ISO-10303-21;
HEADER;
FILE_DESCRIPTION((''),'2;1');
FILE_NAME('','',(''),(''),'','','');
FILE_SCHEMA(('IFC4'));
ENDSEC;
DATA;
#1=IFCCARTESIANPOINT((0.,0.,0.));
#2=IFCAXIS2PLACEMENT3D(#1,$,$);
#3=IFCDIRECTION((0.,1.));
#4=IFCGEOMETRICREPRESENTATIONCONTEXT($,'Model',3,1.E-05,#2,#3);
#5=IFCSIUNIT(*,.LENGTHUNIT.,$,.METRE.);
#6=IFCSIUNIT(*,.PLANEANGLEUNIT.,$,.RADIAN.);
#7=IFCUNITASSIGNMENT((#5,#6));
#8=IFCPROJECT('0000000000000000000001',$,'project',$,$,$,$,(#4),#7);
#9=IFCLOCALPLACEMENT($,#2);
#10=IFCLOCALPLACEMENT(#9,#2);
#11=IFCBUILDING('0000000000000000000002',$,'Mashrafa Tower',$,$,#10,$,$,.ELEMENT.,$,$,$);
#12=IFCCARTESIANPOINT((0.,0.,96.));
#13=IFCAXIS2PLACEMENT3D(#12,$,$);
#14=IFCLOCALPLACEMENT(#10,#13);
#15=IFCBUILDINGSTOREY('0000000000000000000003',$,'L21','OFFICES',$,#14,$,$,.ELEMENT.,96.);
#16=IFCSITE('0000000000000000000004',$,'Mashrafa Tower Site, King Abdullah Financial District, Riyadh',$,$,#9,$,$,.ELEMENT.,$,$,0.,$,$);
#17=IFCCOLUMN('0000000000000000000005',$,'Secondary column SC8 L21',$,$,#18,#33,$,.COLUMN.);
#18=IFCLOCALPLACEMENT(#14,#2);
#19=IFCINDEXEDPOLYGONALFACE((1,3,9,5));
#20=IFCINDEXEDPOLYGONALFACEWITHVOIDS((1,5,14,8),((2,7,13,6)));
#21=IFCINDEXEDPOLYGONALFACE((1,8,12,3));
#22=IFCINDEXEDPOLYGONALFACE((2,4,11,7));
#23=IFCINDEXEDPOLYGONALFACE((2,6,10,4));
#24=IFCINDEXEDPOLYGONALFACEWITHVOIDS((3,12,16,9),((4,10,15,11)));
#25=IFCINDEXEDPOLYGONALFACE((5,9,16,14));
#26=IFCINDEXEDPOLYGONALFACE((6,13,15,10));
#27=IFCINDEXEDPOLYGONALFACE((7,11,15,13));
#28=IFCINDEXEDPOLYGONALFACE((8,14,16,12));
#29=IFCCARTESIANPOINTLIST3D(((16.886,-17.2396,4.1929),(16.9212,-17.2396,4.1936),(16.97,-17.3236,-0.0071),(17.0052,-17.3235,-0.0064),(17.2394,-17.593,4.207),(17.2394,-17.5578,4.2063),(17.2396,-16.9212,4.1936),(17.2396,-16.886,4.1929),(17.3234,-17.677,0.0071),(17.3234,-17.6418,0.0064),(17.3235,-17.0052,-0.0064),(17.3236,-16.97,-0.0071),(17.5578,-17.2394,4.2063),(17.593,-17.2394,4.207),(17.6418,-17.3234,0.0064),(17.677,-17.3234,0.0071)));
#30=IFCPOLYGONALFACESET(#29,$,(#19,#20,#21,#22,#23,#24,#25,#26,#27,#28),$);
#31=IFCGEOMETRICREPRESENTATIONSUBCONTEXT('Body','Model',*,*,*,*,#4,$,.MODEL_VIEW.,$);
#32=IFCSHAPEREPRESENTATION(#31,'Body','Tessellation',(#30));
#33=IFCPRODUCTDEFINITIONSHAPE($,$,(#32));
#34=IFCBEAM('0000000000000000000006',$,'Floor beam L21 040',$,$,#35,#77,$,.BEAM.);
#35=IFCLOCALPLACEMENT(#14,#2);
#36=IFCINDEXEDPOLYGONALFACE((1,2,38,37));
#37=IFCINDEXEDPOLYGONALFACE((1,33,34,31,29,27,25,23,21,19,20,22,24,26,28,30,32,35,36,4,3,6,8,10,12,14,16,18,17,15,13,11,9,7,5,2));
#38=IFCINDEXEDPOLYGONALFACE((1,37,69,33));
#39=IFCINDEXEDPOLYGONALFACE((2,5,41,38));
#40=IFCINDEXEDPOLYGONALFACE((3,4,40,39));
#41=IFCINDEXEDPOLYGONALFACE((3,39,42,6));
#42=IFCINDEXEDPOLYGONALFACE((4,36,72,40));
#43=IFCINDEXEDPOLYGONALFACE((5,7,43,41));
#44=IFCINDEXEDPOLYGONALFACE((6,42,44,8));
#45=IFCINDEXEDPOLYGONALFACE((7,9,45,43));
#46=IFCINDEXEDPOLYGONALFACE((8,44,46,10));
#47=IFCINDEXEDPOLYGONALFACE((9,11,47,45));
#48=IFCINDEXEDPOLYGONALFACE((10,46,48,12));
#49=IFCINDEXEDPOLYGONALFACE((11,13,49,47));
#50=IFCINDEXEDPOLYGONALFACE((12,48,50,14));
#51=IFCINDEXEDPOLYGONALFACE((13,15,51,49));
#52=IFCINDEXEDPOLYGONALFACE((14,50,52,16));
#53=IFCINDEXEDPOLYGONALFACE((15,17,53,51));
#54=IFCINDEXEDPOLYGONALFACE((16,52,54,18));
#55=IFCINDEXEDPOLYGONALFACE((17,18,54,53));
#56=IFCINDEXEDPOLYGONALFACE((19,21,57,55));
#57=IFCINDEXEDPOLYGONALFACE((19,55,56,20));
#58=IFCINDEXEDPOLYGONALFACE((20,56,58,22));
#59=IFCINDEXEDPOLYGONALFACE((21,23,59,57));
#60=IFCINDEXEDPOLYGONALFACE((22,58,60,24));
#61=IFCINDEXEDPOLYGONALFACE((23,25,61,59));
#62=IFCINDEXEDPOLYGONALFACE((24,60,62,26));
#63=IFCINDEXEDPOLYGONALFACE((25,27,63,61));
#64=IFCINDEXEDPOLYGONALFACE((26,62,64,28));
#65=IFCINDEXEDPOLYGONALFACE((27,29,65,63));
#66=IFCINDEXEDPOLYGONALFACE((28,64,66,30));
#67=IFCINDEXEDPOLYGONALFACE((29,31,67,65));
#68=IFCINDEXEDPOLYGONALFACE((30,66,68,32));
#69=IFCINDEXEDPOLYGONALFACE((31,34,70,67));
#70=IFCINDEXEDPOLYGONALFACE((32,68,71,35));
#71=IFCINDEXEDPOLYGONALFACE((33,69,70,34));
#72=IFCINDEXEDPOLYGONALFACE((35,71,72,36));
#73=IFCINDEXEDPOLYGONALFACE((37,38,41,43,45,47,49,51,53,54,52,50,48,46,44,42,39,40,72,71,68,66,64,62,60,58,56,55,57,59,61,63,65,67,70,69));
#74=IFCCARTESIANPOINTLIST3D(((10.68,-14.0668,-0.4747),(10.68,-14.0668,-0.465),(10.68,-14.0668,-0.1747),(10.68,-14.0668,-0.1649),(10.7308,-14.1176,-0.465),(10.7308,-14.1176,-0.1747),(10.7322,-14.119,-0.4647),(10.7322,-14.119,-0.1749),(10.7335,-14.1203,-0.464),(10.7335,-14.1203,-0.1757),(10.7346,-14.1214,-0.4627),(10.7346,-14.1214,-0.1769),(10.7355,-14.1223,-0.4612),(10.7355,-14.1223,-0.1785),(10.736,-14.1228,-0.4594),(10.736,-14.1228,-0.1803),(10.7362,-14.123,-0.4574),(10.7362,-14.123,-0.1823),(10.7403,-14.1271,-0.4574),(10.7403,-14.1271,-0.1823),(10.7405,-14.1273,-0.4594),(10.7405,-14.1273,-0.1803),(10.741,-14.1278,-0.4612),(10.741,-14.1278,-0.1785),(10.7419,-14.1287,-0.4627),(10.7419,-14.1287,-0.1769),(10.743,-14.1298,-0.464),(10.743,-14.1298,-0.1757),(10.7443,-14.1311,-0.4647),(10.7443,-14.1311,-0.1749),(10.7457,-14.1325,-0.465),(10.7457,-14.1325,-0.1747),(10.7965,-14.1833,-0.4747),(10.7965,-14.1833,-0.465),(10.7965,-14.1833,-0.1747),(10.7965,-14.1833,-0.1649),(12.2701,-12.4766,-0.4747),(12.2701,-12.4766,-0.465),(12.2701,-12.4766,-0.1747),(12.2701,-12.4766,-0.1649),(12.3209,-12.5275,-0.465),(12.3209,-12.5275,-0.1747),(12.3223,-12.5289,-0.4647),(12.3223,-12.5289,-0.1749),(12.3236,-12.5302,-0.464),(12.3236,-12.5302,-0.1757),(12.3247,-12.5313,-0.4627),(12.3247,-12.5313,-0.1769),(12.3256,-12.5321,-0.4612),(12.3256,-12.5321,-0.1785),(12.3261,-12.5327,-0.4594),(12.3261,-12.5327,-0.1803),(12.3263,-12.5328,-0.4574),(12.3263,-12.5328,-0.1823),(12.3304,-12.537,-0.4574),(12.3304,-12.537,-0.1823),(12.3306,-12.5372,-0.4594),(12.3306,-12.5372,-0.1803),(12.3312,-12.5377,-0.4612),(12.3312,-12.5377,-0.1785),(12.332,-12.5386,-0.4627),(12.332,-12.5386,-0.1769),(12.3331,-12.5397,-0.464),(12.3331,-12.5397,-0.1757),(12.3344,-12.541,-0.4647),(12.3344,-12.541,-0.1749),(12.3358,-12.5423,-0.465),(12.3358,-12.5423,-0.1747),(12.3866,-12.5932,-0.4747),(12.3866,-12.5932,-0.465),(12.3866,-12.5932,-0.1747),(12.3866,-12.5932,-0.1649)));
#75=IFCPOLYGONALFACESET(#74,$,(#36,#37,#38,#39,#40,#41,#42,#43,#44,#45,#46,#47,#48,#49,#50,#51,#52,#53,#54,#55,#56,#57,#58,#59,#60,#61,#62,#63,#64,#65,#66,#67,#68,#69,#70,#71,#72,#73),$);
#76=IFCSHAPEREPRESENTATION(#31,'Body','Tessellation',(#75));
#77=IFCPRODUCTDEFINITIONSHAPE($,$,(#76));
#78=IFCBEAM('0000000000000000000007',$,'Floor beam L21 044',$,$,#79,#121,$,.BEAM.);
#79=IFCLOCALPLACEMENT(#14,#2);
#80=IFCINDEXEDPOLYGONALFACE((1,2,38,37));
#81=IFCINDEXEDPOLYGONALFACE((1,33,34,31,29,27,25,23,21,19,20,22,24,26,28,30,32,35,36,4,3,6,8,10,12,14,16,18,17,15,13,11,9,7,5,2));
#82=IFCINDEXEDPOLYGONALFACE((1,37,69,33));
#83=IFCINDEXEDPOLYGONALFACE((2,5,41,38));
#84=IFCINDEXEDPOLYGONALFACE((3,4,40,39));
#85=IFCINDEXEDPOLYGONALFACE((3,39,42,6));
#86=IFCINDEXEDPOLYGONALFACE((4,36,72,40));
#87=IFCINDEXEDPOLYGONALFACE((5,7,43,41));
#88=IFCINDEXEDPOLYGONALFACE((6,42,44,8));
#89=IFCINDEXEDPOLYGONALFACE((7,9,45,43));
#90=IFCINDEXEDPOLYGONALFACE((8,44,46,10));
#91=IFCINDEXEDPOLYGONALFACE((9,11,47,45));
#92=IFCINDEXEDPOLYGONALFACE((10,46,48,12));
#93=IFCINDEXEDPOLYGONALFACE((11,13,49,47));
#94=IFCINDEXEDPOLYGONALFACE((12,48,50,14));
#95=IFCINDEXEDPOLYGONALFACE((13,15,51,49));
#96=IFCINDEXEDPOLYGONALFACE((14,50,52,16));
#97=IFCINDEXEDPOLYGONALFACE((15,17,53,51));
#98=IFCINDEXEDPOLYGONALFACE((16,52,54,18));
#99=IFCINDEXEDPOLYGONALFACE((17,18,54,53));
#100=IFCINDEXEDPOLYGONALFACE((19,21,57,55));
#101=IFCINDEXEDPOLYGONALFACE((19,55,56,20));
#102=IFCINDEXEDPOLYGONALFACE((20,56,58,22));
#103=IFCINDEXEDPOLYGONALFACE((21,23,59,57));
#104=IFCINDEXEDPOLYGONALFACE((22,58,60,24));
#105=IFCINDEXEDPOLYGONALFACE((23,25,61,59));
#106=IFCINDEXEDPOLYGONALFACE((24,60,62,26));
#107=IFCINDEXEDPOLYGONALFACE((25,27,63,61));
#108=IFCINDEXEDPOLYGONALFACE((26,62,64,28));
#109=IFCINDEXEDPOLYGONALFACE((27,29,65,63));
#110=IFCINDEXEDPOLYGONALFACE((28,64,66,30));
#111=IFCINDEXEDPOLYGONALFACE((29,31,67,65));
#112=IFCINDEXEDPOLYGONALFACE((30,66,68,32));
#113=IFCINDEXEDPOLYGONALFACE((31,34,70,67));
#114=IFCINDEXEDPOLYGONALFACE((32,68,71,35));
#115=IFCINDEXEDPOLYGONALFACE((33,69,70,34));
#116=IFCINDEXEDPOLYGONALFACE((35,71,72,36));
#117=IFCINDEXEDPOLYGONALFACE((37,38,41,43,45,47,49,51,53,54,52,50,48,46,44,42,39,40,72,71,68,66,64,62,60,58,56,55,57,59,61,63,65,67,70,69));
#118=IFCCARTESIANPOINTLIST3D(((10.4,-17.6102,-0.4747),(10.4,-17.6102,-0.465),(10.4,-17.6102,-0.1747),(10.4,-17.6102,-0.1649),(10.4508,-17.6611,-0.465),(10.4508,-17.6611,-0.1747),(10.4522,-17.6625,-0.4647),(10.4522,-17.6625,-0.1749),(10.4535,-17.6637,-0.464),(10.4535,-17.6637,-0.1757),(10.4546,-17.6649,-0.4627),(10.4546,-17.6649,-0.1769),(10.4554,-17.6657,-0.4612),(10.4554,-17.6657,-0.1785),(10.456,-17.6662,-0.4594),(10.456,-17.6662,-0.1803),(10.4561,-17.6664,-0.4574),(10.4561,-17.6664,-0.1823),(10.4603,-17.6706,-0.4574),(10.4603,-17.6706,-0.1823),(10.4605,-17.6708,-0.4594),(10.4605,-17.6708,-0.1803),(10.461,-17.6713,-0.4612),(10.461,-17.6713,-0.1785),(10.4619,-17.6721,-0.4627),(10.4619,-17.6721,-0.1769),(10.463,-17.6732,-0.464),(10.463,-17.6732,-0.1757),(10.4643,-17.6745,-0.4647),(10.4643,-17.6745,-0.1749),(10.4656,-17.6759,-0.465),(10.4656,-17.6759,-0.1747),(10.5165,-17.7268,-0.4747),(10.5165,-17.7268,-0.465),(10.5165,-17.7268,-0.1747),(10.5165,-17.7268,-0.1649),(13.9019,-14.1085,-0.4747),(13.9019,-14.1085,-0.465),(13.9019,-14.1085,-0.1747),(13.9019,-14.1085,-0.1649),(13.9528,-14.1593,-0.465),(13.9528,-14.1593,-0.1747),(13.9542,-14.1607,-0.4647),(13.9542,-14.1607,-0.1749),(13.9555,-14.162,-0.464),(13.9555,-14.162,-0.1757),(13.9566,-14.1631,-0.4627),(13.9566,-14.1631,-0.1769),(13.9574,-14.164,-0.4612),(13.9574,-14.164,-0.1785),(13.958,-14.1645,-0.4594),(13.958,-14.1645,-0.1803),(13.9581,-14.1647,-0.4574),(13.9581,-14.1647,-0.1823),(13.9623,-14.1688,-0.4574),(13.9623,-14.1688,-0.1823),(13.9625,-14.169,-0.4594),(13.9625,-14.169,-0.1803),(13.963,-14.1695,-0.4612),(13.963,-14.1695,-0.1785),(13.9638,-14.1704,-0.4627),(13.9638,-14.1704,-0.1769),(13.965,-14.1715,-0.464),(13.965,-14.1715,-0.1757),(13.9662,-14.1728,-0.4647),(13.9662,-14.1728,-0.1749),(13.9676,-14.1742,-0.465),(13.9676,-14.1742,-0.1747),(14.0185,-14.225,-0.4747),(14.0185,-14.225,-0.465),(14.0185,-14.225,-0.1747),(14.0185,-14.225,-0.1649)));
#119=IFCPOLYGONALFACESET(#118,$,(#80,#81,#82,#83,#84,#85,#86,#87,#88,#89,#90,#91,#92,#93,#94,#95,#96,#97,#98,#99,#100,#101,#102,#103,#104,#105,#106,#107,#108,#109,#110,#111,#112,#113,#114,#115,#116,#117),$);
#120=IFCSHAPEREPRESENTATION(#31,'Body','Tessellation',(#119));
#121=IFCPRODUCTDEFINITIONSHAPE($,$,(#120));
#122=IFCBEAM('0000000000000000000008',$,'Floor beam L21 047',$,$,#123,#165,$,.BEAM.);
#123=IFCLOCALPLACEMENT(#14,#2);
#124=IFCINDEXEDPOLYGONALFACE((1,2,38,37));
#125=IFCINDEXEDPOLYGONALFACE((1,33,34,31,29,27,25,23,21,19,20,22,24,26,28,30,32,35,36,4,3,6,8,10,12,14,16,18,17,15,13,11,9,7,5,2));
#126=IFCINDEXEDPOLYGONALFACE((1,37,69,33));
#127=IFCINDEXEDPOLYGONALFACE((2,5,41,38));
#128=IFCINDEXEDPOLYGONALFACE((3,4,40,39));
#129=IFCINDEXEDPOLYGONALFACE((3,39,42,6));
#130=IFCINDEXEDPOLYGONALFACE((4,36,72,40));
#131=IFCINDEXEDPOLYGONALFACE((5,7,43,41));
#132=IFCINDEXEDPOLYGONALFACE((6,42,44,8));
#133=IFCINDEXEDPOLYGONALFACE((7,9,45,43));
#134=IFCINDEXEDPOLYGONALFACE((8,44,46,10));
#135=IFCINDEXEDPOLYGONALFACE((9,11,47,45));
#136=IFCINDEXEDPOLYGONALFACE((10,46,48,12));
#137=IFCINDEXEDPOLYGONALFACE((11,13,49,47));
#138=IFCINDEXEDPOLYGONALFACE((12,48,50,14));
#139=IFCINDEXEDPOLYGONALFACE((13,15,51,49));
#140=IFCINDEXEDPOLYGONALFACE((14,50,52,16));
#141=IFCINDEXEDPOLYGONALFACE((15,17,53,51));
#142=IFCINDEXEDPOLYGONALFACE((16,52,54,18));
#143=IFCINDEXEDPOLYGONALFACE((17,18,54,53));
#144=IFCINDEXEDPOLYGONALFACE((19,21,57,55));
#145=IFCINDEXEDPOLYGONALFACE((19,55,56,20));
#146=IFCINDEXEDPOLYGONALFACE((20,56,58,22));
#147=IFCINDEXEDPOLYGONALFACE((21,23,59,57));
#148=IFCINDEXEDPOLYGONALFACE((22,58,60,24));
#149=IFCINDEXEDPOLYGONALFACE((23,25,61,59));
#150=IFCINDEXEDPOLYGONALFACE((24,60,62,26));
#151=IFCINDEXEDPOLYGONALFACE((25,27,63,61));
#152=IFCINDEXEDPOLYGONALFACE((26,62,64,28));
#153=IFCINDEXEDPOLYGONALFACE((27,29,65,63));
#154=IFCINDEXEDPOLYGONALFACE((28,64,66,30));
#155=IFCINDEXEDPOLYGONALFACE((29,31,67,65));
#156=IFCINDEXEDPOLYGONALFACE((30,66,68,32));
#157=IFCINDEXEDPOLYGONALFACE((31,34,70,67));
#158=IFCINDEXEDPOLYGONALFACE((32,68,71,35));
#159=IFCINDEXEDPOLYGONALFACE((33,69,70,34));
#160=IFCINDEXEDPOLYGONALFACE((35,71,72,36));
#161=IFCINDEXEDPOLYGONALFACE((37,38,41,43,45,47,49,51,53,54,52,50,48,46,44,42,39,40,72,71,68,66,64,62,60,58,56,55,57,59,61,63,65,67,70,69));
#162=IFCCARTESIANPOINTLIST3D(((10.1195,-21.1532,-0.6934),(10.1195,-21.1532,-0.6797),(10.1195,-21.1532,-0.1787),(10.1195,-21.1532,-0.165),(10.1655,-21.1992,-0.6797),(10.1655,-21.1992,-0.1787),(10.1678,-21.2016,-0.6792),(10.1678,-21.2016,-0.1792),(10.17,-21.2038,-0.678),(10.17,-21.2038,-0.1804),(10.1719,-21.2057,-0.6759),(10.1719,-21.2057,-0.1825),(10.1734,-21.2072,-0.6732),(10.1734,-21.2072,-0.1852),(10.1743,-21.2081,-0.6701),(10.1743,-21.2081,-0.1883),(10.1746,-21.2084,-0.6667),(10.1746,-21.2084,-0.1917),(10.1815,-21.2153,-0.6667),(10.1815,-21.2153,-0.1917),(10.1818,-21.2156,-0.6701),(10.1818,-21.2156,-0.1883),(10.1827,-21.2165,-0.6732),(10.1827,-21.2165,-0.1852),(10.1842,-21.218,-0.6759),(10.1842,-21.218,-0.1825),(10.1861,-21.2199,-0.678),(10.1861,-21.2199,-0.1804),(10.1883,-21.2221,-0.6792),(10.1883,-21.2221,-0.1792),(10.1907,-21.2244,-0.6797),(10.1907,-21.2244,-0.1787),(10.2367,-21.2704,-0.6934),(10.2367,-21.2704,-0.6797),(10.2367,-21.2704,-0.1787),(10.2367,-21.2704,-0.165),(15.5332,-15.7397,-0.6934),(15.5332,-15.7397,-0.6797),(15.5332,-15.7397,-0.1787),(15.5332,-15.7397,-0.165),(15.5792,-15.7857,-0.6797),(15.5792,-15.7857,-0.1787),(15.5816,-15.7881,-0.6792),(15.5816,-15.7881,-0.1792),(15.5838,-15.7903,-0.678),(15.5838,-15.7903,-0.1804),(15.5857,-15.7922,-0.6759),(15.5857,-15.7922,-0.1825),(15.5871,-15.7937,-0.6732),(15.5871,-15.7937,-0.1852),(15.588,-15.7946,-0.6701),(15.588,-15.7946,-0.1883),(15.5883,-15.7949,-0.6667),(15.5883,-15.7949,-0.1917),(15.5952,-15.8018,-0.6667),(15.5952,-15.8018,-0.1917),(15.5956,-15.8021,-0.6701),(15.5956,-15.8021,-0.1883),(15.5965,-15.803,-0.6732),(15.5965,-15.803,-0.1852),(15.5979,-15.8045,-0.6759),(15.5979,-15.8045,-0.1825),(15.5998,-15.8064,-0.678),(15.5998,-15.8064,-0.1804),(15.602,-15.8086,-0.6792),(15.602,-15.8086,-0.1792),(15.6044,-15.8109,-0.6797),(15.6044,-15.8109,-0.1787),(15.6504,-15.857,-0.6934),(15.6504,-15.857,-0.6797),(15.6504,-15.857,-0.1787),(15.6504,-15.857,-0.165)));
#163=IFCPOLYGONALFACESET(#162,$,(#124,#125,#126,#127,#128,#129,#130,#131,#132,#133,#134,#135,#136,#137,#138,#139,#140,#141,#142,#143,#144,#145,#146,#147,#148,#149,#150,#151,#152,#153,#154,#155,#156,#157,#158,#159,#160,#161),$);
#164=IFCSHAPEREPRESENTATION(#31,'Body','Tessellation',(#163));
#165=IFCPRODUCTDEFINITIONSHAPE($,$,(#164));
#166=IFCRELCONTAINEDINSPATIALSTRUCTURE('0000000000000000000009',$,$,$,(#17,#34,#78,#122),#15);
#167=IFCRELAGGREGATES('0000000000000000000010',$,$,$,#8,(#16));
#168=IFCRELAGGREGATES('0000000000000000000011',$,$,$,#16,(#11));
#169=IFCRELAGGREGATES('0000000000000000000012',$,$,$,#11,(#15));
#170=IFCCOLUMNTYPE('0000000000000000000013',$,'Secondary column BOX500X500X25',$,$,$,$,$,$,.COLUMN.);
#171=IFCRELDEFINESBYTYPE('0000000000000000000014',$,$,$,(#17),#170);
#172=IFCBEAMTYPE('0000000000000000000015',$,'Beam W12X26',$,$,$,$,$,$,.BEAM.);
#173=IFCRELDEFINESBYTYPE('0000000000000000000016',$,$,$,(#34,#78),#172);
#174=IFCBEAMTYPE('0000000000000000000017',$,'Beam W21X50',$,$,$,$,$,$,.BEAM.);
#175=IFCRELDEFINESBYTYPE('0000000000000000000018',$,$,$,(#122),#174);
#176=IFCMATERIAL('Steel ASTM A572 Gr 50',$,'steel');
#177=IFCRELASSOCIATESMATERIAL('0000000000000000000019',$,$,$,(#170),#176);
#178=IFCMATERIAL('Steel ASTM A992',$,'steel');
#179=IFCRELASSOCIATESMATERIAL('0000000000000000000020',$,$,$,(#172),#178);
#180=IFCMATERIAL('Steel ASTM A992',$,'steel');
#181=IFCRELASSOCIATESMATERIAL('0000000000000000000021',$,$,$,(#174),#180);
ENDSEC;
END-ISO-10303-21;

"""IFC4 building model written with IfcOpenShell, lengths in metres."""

from ifc_helpers import new_model, si_unit, direction, frame, origin, origin_2d, place, context, subcontext, project, spatial, hollow_rectangle, i_section, extrude, material, material_profile, profile_set, type_object, element, save


model = new_model("IFC4")

# Units and contexts
model_context = context("Model", 3, precision=1e-05, world=origin(), true_north=direction((0.0, 1.0)))
body_context = subcontext(model_context, "Body", "Model", "MODEL_VIEW")
ifc_project = project(units=[si_unit("LENGTHUNIT", "METRE"), si_unit("PLANEANGLEUNIT", "RADIAN")], contexts=[model_context])

# Site, building, storey
site_placement = place(None, origin())
site = spatial("IfcSite", under=ifc_project, at=site_placement, Name="Mashrafa Tower Site, King Abdullah Financial District, Riyadh", CompositionType="ELEMENT", RefElevation=0.0)
building_placement = place(site_placement, origin())
building = spatial("IfcBuilding", under=site, at=building_placement, Name="Mashrafa Tower", CompositionType="ELEMENT")
storey_placement = place(building_placement, frame((0.0, 0.0, 96.0)))
storey = spatial("IfcBuildingStorey", under=building, at=storey_placement, Name="L21", Description="OFFICES", CompositionType="ELEMENT", Elevation=96.0)

# Column
ifc_material_1 = material(Name="Steel ASTM A572 Gr 50", Category="steel")
ifc_material_profile_1 = material_profile(ifc_material_1, hollow_rectangle(XDim=0.5, YDim=0.5, WallThickness=0.0249, at=origin_2d()), Name="BOX500X500X25")
ifc_profile_set_1 = profile_set([ifc_material_profile_1], Name="Steel ASTM A572 Gr 50")
column_type = type_object("IfcColumnType", Name="Secondary column BOX500X500X25", PredefinedType="COLUMN", material=ifc_profile_set_1)
column_placement = place(storey_placement, frame((17.3235, -17.3235, 0.0), z_axis=(-0.019989, 0.019989, 0.9996), x_axis=(-0.707107, -0.707107, 0.0)))
element("IfcColumn", 1, at=column_placement, inside=storey, type_object=column_type, Name="Secondary column SC8 L21", PredefinedType="COLUMN", context=body_context, shape_type="SweptSolid", body=[
    extrude(hollow_rectangle(XDim=0.5, YDim=0.5, WallThickness=0.0249, at=origin_2d()), origin(), (0.0, 0.0, 1.0), 4.2017),
])

# Beams
ifc_material_2 = material(Name="Steel ASTM A992", Category="steel")
ifc_material_profile_2 = material_profile(ifc_material_2, i_section(OverallWidth=0.1648, OverallDepth=0.3098, WebThickness=0.0059, FlangeThickness=0.0098, FilletRadius=0.0076, at=origin_2d()), Name="W12X26")
ifc_profile_set_2 = profile_set([ifc_material_profile_2], Name="Steel ASTM A992")
beam_type_1 = type_object("IfcBeamType", Name="Beam W12X26", PredefinedType="BEAM", material=ifc_profile_set_2)
beam_1_placement = place(storey_placement, frame((12.3284, -12.5349, -0.3198), z_axis=(-0.707107, -0.707107, 0.0), x_axis=(0.707107, -0.707107, 0.0)))
element("IfcBeam", 2, at=beam_1_placement, inside=storey, type_object=beam_type_1, Name="Floor beam L21 040", PredefinedType="BEAM", context=body_context, shape_type="SweptSolid", body=[
    extrude(i_section(OverallWidth=0.1648, OverallDepth=0.3098, WebThickness=0.0059, FlangeThickness=0.0098, FilletRadius=0.0076, at=origin_2d()), origin(), (0.0, 0.0, 1.0), 2.2488),
])
beam_2_placement = place(storey_placement, frame((13.9602, -14.1667, -0.3198), z_axis=(-0.707131, -0.707082, 0.0), x_axis=(0.707082, -0.707131, 0.0)))
element("IfcBeam", 3, at=beam_2_placement, inside=storey, type_object=beam_type_1, Name="Floor beam L21 044", PredefinedType="BEAM", context=body_context, shape_type="SweptSolid", body=[
    extrude(i_section(OverallWidth=0.1648, OverallDepth=0.3098, WebThickness=0.0059, FlangeThickness=0.0098, FilletRadius=0.0076, at=origin_2d()), origin(), (0.0, 0.0, 1.0), 4.9524),
])
ifc_material_3 = material(Name="Steel ASTM A992", Category="steel")
ifc_material_profile_3 = material_profile(ifc_material_3, i_section(OverallWidth=0.1658, OverallDepth=0.5283, WebThickness=0.0098, FlangeThickness=0.0137, FilletRadius=0.0129, at=origin_2d()), Name="W21X50")
ifc_profile_set_3 = profile_set([ifc_material_profile_3], Name="Steel ASTM A992")
beam_type_2 = type_object("IfcBeamType", Name="Beam W21X50", PredefinedType="BEAM", material=ifc_profile_set_3)
beam_3_placement = place(storey_placement, frame((15.5918, -15.7983, -0.4292), z_axis=(-0.707123, -0.707091, 0.0), x_axis=(0.707091, -0.707123, 0.0)))
element("IfcBeam", 4, at=beam_3_placement, inside=storey, type_object=beam_type_2, Name="Floor beam L21 047", PredefinedType="BEAM", context=body_context, shape_type="SweptSolid", body=[
    extrude(i_section(OverallWidth=0.1658, OverallDepth=0.5283, WebThickness=0.0098, FlangeThickness=0.0137, FilletRadius=0.0129, at=origin_2d()), origin(), (0.0, 0.0, 1.0), 7.656),
])

save(model, "model.ifc")
